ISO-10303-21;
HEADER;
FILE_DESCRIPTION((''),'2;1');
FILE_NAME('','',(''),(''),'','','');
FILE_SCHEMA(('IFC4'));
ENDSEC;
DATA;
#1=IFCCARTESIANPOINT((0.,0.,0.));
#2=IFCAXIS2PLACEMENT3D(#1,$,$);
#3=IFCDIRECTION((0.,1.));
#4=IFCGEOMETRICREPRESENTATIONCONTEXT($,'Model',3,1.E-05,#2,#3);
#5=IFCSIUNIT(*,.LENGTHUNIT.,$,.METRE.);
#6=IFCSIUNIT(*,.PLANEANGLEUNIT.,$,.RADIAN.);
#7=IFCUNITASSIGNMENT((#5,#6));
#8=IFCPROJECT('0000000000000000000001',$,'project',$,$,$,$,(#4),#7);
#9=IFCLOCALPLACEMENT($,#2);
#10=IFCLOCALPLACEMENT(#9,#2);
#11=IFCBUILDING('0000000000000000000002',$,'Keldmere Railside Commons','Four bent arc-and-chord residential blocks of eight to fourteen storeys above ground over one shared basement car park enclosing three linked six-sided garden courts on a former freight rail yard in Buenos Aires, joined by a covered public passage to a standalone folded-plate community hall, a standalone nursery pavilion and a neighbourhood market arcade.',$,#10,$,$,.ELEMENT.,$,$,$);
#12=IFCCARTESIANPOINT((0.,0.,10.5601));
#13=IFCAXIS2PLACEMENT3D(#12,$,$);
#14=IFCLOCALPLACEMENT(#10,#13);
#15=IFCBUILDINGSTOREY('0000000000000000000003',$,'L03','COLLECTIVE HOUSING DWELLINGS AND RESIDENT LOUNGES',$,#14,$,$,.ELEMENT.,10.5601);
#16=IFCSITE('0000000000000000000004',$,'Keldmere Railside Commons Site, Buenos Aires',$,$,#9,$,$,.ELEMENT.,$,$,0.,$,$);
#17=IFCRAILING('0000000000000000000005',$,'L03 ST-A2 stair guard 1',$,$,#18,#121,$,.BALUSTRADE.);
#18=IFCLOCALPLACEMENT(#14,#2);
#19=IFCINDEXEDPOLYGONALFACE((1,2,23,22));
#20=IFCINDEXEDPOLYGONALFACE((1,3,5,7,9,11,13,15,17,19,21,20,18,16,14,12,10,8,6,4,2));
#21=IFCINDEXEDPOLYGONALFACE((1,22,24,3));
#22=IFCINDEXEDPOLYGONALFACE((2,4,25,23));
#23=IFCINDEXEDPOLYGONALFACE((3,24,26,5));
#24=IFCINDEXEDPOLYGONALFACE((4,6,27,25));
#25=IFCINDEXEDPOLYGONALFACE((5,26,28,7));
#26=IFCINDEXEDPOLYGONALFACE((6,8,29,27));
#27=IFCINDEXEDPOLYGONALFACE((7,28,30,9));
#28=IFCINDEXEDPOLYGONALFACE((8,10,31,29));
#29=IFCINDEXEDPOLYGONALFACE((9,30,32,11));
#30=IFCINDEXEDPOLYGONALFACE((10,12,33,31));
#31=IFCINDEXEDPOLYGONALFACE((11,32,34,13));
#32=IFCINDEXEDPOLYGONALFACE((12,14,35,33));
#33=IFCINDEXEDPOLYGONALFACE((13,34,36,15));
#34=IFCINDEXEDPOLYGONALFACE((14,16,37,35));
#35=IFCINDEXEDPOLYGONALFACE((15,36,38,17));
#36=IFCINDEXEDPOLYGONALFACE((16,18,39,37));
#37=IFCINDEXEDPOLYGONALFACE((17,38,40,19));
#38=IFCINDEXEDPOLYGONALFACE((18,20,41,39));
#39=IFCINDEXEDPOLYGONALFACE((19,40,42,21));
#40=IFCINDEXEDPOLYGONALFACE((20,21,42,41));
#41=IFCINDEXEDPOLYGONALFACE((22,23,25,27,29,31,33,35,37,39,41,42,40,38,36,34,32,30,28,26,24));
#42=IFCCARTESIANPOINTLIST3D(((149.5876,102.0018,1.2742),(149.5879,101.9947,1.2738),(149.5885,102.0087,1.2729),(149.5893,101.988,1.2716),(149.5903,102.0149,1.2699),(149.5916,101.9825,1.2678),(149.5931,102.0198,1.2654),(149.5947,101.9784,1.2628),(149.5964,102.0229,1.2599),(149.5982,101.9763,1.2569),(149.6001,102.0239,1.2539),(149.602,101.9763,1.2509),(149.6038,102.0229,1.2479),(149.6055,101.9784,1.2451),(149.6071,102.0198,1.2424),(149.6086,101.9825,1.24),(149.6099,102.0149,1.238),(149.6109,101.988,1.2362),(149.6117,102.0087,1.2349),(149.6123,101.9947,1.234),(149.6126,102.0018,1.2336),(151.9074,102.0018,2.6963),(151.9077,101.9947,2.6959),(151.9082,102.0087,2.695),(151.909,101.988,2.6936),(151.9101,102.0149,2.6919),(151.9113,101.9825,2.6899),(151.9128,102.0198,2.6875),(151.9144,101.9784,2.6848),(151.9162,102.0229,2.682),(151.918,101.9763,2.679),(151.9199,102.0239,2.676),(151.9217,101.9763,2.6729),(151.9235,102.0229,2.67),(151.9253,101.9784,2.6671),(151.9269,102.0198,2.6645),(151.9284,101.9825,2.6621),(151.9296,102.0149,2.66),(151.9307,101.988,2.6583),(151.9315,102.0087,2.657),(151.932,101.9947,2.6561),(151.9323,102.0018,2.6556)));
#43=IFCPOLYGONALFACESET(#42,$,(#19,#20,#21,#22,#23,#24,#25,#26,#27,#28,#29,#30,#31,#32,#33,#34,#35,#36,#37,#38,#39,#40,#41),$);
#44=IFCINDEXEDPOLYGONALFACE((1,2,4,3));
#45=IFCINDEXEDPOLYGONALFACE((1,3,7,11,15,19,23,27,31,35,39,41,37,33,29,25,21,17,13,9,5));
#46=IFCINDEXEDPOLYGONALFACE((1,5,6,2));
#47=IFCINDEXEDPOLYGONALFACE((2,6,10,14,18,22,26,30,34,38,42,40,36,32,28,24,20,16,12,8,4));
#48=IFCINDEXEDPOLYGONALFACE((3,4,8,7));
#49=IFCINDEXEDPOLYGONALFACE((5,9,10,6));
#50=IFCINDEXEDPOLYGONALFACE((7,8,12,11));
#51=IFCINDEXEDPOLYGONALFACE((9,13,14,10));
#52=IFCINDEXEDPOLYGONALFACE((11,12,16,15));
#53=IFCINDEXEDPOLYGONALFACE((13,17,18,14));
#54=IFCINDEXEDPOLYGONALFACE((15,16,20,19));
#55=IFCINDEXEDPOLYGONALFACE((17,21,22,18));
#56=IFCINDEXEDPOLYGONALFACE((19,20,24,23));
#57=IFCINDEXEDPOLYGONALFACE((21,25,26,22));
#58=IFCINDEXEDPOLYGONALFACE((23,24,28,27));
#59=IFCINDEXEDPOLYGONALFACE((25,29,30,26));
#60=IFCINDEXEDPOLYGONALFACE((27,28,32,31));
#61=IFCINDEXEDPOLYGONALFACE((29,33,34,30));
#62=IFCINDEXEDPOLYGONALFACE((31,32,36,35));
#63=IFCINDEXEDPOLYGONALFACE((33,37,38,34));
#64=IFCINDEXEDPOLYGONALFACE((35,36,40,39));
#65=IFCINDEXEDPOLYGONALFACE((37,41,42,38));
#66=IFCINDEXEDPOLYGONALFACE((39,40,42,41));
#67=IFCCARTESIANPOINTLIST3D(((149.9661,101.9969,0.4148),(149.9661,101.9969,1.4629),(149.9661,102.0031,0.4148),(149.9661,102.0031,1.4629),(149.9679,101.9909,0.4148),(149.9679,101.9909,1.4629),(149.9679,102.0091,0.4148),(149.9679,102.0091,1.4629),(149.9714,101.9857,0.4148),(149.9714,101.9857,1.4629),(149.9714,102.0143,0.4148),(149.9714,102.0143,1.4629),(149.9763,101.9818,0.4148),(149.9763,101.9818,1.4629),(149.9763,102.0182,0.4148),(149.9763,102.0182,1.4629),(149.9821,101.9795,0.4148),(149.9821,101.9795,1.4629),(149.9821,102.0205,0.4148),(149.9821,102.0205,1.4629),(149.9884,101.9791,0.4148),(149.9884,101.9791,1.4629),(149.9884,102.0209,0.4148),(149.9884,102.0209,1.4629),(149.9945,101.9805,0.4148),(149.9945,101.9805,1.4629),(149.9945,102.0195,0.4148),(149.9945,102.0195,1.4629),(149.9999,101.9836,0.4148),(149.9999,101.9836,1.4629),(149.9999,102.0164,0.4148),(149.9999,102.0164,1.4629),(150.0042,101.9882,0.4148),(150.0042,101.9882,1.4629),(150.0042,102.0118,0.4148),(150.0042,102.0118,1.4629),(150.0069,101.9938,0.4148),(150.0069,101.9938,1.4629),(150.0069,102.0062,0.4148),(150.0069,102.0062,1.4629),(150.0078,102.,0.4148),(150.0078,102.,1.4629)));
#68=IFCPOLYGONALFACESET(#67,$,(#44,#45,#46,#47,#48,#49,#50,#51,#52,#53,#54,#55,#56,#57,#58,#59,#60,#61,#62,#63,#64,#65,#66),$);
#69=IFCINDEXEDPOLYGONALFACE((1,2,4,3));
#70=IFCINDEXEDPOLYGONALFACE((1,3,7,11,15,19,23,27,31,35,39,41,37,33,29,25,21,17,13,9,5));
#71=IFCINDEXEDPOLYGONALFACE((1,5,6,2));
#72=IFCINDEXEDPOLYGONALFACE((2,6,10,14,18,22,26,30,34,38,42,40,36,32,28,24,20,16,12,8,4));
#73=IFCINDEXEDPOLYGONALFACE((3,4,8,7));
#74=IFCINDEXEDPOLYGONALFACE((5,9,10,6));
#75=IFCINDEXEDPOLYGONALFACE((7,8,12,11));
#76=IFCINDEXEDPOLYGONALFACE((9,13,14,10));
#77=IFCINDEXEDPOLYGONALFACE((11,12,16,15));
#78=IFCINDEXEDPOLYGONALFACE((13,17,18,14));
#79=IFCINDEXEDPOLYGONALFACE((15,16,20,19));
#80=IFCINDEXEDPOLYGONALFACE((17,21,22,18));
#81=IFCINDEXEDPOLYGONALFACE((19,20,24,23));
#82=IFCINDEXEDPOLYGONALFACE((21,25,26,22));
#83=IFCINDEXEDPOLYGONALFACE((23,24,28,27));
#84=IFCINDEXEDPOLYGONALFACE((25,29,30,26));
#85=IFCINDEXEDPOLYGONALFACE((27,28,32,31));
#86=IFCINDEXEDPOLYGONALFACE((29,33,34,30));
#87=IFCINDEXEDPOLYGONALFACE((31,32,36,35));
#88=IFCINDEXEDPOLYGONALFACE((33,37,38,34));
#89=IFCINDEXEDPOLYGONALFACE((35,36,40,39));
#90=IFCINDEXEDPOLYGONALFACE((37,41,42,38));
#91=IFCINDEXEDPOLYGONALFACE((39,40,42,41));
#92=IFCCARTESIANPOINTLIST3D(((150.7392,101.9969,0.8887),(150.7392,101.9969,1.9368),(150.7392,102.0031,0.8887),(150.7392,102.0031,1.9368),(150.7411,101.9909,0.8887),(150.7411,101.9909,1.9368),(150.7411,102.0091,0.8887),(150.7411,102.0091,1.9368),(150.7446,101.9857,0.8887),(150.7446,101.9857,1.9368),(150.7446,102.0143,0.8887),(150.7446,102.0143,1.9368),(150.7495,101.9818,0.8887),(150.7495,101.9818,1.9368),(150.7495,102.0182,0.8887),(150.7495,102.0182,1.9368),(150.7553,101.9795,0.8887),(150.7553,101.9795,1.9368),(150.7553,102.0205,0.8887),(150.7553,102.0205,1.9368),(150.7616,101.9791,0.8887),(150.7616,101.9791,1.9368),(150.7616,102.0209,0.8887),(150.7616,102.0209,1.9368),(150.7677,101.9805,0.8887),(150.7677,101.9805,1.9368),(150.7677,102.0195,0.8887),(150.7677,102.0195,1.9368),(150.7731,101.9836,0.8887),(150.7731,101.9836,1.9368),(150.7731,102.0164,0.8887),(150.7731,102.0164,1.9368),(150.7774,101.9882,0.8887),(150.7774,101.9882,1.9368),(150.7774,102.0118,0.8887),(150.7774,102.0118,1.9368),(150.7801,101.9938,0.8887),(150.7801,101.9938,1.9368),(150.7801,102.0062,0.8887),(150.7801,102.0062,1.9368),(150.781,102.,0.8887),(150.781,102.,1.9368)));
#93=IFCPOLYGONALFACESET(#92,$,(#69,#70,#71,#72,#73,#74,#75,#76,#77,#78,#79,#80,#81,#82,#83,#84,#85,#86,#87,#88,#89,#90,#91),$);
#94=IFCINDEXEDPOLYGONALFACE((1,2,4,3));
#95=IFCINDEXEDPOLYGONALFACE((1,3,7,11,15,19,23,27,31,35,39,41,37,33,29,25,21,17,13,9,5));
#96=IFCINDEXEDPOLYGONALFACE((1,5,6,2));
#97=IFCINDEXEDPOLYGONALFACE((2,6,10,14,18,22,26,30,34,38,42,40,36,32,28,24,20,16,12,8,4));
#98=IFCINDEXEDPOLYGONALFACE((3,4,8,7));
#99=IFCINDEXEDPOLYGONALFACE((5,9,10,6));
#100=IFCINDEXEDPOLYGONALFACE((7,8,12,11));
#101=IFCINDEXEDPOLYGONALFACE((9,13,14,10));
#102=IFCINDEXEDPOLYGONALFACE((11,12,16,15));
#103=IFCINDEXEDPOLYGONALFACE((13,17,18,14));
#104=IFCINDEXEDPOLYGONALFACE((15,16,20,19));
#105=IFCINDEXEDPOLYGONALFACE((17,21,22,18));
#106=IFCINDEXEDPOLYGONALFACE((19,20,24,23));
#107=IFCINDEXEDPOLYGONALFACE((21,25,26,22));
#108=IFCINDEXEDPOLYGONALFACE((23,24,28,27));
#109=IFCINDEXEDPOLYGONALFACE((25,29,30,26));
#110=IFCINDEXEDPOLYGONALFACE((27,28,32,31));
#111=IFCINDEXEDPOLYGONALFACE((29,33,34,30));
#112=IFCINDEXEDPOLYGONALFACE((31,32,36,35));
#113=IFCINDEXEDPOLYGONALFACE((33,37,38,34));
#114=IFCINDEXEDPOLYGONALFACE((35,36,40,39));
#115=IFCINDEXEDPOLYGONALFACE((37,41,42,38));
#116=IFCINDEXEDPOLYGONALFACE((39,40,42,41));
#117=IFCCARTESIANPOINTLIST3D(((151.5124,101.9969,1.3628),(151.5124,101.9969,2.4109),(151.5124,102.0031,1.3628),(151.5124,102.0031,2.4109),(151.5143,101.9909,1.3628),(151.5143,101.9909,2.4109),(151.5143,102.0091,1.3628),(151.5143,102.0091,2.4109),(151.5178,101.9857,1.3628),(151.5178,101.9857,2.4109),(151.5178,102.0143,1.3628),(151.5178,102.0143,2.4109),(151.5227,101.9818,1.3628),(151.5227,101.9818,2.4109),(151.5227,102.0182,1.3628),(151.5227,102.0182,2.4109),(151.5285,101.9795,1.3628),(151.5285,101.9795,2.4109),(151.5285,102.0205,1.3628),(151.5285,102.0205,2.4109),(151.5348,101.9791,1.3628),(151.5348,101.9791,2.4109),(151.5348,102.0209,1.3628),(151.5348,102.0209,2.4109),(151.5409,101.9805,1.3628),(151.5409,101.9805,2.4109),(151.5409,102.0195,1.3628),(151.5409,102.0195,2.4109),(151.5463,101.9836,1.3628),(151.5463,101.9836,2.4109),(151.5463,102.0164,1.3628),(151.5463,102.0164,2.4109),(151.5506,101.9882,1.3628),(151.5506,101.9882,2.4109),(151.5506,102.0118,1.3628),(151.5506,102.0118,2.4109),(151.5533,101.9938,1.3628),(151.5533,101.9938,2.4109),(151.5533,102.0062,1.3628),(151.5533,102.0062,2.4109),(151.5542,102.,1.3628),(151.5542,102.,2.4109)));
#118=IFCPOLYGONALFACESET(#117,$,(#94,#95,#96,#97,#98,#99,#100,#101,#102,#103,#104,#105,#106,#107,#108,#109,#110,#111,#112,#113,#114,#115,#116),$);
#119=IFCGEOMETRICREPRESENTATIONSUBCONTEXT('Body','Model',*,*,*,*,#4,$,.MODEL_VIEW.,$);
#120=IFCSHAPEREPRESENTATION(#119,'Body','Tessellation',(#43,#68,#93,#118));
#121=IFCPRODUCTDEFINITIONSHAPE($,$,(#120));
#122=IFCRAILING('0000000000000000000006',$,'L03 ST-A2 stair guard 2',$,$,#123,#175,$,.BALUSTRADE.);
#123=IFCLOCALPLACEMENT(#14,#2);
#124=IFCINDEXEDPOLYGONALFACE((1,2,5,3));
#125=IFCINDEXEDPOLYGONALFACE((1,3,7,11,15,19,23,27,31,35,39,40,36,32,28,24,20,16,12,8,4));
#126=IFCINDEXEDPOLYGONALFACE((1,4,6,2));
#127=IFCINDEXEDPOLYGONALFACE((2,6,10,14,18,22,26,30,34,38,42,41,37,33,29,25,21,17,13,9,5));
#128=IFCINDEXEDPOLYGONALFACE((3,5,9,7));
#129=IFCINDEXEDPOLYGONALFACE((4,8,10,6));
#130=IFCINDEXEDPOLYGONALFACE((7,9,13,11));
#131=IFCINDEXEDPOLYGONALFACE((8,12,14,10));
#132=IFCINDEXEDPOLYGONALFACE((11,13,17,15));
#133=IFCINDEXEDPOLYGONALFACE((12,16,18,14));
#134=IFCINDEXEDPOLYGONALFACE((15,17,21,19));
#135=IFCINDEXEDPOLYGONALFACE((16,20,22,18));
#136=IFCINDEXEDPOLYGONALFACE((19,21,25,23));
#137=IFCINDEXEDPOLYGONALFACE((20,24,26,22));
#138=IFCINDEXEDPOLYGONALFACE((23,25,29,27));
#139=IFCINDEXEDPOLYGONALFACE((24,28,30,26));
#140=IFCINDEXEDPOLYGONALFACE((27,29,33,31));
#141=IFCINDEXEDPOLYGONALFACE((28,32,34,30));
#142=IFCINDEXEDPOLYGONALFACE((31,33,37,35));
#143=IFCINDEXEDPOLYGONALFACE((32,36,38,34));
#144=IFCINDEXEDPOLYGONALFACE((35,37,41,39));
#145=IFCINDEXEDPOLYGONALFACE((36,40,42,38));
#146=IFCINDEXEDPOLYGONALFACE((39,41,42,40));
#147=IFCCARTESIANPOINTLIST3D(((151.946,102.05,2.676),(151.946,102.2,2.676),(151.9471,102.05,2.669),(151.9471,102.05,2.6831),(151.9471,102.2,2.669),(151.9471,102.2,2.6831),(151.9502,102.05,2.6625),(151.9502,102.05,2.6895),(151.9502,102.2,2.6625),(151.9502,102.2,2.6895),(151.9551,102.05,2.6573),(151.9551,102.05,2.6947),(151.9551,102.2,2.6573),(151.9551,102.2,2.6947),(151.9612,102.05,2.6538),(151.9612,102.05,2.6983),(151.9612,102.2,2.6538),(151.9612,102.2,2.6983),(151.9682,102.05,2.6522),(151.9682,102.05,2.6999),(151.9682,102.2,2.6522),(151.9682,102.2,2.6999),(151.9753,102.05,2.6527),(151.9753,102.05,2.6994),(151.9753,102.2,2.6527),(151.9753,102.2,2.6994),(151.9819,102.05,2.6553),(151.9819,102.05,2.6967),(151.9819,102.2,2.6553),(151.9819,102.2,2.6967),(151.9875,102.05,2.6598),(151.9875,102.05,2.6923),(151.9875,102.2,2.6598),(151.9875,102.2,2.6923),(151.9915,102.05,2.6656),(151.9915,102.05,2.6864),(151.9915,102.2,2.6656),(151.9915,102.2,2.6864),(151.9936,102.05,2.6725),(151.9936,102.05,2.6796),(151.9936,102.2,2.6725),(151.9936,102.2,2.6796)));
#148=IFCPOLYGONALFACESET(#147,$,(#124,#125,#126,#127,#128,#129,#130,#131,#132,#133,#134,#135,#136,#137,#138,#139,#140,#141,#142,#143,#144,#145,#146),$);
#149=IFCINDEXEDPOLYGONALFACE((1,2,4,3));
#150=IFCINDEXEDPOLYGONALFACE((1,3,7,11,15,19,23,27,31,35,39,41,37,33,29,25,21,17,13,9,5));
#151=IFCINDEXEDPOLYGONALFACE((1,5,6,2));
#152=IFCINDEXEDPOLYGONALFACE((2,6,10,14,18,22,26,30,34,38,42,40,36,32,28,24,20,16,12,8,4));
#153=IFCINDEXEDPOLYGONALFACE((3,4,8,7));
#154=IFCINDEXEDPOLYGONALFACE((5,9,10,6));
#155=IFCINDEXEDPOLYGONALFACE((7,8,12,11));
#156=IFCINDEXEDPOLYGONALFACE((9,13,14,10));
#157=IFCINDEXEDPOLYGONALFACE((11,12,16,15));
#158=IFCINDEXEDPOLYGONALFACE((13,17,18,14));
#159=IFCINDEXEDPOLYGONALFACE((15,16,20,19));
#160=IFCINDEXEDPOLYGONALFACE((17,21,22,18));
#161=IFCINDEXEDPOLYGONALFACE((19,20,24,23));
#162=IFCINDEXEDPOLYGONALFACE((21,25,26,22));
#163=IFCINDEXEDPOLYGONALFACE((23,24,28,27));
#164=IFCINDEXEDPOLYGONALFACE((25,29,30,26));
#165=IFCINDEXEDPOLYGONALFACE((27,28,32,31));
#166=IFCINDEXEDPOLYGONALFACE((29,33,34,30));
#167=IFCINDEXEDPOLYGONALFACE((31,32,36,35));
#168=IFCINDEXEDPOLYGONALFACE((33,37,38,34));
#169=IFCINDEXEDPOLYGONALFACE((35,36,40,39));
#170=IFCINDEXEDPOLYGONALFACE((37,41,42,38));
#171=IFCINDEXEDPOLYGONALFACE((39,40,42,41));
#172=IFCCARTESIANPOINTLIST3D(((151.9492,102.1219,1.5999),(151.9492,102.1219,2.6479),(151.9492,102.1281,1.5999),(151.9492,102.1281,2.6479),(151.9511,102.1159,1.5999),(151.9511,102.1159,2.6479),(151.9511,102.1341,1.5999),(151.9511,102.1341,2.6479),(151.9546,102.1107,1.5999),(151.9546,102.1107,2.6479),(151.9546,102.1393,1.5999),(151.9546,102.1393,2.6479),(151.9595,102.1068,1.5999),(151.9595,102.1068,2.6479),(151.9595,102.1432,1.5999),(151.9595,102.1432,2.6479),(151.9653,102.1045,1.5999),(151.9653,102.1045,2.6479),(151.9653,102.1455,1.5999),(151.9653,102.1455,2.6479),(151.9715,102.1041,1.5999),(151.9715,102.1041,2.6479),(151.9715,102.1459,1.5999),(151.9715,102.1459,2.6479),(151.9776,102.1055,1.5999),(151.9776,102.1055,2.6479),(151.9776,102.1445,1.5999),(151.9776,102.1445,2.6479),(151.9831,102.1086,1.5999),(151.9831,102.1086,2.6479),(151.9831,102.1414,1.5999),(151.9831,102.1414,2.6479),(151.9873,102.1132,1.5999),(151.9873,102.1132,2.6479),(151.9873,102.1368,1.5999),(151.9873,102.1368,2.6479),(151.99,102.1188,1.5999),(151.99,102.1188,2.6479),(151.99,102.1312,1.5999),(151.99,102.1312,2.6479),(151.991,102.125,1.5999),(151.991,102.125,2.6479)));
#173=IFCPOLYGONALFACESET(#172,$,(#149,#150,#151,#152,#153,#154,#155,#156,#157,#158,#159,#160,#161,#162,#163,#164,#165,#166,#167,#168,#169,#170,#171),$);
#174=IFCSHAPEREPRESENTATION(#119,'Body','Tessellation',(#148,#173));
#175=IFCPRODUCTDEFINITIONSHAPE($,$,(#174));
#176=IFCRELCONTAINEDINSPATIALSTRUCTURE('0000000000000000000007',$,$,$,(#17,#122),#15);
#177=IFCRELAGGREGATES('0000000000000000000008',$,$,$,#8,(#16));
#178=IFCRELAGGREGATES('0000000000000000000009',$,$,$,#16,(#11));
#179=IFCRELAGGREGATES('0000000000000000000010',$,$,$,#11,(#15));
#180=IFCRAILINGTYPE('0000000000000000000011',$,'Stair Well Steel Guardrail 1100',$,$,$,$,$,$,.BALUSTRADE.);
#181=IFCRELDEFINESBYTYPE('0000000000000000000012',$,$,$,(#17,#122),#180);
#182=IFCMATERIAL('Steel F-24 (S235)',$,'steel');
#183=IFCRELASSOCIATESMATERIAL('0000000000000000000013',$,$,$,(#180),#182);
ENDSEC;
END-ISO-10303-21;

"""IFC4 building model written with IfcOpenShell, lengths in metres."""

from ifc_helpers import new_model, si_unit, direction, frame, origin, origin_2d, place, context, subcontext, project, spatial, circle, extrude, material, type_object, element, save


model = new_model("IFC4")

# Units and contexts
model_context = context("Model", 3, precision=1e-05, world=origin(), true_north=direction((0.0, 1.0)))
body_context = subcontext(model_context, "Body", "Model", "MODEL_VIEW")
ifc_project = project(units=[si_unit("LENGTHUNIT", "METRE"), si_unit("PLANEANGLEUNIT", "RADIAN")], contexts=[model_context])

# Site, building, storey
site_placement = place(None, origin())
site = spatial("IfcSite", under=ifc_project, at=site_placement, Name="Keldmere Railside Commons Site, Buenos Aires", CompositionType="ELEMENT", RefElevation=0.0)
building_placement = place(site_placement, origin())
building = spatial("IfcBuilding", under=site, at=building_placement, Name="Keldmere Railside Commons", Description="Four bent arc-and-chord residential blocks of eight to fourteen storeys above ground over one shared basement car park enclosing three linked six-sided garden courts on a former freight rail yard in Buenos Aires, joined by a covered public passage to a standalone folded-plate community hall, a standalone nursery pavilion and a neighbourhood market arcade.", CompositionType="ELEMENT")
storey_placement = place(building_placement, frame((0.0, 0.0, 10.5601)))
storey = spatial("IfcBuildingStorey", under=building, at=storey_placement, Name="L03", Description="COLLECTIVE HOUSING DWELLINGS AND RESIDENT LOUNGES", CompositionType="ELEMENT", Elevation=10.5601)

# Railings
ifc_material_1 = material(Name="Steel F-24 (S235)", Category="steel")
railing_type_1 = type_object("IfcRailingType", Name="Stair Well Steel Guardrail 1100", PredefinedType="BALUSTRADE", material=ifc_material_1)
railing_1_placement = place(storey_placement, frame((149.6001, 102.0, 0.1777)))
element("IfcRailing", 1, at=railing_1_placement, inside=storey, type_object=railing_type_1, Name="L03 ST-A2 stair guard 1", PredefinedType="BALUSTRADE", context=body_context, shape_type="SweptSolid", body=[
    extrude(circle(Radius=0.0239, at=origin_2d()), frame((0.0, 0.0, 1.0762), z_axis=(0.852554, 0.0, 0.52264), x_axis=(0.0, 1.0, 0.0)), (0.0, 0.0, 1.0), 2.7209),
    extrude(circle(Radius=0.021, at=origin_2d()), frame((0.3867, 0.0, 0.2371)), (0.0, 0.0, 1.0), 1.0481),
    extrude(circle(Radius=0.021, at=origin_2d()), frame((1.1599, 0.0, 0.7109)), (0.0, 0.0, 1.0), 1.0481),
    extrude(circle(Radius=0.021, at=origin_2d()), frame((1.9331, 0.0, 1.1851)), (0.0, 0.0, 1.0), 1.0481),
])
railing_2_placement = place(storey_placement, frame((151.97, 102.05, 1.5999)))
element("IfcRailing", 2, at=railing_2_placement, inside=storey, type_object=railing_type_1, Name="L03 ST-A2 stair guard 2", PredefinedType="BALUSTRADE", context=body_context, shape_type="SweptSolid", body=[
    extrude(circle(Radius=0.0239, at=origin_2d()), frame((0.0, 0.0, 1.0762), z_axis=(0.0, 1.0, 0.0), x_axis=(-1.0, 0.0, 0.0)), (0.0, 0.0, 1.0), 0.1499),
    extrude(circle(Radius=0.021, at=origin_2d()), frame((0.0, 0.075, 0.0)), (0.0, 0.0, 1.0), 1.0481),
])

save(model, "model.ifc")
